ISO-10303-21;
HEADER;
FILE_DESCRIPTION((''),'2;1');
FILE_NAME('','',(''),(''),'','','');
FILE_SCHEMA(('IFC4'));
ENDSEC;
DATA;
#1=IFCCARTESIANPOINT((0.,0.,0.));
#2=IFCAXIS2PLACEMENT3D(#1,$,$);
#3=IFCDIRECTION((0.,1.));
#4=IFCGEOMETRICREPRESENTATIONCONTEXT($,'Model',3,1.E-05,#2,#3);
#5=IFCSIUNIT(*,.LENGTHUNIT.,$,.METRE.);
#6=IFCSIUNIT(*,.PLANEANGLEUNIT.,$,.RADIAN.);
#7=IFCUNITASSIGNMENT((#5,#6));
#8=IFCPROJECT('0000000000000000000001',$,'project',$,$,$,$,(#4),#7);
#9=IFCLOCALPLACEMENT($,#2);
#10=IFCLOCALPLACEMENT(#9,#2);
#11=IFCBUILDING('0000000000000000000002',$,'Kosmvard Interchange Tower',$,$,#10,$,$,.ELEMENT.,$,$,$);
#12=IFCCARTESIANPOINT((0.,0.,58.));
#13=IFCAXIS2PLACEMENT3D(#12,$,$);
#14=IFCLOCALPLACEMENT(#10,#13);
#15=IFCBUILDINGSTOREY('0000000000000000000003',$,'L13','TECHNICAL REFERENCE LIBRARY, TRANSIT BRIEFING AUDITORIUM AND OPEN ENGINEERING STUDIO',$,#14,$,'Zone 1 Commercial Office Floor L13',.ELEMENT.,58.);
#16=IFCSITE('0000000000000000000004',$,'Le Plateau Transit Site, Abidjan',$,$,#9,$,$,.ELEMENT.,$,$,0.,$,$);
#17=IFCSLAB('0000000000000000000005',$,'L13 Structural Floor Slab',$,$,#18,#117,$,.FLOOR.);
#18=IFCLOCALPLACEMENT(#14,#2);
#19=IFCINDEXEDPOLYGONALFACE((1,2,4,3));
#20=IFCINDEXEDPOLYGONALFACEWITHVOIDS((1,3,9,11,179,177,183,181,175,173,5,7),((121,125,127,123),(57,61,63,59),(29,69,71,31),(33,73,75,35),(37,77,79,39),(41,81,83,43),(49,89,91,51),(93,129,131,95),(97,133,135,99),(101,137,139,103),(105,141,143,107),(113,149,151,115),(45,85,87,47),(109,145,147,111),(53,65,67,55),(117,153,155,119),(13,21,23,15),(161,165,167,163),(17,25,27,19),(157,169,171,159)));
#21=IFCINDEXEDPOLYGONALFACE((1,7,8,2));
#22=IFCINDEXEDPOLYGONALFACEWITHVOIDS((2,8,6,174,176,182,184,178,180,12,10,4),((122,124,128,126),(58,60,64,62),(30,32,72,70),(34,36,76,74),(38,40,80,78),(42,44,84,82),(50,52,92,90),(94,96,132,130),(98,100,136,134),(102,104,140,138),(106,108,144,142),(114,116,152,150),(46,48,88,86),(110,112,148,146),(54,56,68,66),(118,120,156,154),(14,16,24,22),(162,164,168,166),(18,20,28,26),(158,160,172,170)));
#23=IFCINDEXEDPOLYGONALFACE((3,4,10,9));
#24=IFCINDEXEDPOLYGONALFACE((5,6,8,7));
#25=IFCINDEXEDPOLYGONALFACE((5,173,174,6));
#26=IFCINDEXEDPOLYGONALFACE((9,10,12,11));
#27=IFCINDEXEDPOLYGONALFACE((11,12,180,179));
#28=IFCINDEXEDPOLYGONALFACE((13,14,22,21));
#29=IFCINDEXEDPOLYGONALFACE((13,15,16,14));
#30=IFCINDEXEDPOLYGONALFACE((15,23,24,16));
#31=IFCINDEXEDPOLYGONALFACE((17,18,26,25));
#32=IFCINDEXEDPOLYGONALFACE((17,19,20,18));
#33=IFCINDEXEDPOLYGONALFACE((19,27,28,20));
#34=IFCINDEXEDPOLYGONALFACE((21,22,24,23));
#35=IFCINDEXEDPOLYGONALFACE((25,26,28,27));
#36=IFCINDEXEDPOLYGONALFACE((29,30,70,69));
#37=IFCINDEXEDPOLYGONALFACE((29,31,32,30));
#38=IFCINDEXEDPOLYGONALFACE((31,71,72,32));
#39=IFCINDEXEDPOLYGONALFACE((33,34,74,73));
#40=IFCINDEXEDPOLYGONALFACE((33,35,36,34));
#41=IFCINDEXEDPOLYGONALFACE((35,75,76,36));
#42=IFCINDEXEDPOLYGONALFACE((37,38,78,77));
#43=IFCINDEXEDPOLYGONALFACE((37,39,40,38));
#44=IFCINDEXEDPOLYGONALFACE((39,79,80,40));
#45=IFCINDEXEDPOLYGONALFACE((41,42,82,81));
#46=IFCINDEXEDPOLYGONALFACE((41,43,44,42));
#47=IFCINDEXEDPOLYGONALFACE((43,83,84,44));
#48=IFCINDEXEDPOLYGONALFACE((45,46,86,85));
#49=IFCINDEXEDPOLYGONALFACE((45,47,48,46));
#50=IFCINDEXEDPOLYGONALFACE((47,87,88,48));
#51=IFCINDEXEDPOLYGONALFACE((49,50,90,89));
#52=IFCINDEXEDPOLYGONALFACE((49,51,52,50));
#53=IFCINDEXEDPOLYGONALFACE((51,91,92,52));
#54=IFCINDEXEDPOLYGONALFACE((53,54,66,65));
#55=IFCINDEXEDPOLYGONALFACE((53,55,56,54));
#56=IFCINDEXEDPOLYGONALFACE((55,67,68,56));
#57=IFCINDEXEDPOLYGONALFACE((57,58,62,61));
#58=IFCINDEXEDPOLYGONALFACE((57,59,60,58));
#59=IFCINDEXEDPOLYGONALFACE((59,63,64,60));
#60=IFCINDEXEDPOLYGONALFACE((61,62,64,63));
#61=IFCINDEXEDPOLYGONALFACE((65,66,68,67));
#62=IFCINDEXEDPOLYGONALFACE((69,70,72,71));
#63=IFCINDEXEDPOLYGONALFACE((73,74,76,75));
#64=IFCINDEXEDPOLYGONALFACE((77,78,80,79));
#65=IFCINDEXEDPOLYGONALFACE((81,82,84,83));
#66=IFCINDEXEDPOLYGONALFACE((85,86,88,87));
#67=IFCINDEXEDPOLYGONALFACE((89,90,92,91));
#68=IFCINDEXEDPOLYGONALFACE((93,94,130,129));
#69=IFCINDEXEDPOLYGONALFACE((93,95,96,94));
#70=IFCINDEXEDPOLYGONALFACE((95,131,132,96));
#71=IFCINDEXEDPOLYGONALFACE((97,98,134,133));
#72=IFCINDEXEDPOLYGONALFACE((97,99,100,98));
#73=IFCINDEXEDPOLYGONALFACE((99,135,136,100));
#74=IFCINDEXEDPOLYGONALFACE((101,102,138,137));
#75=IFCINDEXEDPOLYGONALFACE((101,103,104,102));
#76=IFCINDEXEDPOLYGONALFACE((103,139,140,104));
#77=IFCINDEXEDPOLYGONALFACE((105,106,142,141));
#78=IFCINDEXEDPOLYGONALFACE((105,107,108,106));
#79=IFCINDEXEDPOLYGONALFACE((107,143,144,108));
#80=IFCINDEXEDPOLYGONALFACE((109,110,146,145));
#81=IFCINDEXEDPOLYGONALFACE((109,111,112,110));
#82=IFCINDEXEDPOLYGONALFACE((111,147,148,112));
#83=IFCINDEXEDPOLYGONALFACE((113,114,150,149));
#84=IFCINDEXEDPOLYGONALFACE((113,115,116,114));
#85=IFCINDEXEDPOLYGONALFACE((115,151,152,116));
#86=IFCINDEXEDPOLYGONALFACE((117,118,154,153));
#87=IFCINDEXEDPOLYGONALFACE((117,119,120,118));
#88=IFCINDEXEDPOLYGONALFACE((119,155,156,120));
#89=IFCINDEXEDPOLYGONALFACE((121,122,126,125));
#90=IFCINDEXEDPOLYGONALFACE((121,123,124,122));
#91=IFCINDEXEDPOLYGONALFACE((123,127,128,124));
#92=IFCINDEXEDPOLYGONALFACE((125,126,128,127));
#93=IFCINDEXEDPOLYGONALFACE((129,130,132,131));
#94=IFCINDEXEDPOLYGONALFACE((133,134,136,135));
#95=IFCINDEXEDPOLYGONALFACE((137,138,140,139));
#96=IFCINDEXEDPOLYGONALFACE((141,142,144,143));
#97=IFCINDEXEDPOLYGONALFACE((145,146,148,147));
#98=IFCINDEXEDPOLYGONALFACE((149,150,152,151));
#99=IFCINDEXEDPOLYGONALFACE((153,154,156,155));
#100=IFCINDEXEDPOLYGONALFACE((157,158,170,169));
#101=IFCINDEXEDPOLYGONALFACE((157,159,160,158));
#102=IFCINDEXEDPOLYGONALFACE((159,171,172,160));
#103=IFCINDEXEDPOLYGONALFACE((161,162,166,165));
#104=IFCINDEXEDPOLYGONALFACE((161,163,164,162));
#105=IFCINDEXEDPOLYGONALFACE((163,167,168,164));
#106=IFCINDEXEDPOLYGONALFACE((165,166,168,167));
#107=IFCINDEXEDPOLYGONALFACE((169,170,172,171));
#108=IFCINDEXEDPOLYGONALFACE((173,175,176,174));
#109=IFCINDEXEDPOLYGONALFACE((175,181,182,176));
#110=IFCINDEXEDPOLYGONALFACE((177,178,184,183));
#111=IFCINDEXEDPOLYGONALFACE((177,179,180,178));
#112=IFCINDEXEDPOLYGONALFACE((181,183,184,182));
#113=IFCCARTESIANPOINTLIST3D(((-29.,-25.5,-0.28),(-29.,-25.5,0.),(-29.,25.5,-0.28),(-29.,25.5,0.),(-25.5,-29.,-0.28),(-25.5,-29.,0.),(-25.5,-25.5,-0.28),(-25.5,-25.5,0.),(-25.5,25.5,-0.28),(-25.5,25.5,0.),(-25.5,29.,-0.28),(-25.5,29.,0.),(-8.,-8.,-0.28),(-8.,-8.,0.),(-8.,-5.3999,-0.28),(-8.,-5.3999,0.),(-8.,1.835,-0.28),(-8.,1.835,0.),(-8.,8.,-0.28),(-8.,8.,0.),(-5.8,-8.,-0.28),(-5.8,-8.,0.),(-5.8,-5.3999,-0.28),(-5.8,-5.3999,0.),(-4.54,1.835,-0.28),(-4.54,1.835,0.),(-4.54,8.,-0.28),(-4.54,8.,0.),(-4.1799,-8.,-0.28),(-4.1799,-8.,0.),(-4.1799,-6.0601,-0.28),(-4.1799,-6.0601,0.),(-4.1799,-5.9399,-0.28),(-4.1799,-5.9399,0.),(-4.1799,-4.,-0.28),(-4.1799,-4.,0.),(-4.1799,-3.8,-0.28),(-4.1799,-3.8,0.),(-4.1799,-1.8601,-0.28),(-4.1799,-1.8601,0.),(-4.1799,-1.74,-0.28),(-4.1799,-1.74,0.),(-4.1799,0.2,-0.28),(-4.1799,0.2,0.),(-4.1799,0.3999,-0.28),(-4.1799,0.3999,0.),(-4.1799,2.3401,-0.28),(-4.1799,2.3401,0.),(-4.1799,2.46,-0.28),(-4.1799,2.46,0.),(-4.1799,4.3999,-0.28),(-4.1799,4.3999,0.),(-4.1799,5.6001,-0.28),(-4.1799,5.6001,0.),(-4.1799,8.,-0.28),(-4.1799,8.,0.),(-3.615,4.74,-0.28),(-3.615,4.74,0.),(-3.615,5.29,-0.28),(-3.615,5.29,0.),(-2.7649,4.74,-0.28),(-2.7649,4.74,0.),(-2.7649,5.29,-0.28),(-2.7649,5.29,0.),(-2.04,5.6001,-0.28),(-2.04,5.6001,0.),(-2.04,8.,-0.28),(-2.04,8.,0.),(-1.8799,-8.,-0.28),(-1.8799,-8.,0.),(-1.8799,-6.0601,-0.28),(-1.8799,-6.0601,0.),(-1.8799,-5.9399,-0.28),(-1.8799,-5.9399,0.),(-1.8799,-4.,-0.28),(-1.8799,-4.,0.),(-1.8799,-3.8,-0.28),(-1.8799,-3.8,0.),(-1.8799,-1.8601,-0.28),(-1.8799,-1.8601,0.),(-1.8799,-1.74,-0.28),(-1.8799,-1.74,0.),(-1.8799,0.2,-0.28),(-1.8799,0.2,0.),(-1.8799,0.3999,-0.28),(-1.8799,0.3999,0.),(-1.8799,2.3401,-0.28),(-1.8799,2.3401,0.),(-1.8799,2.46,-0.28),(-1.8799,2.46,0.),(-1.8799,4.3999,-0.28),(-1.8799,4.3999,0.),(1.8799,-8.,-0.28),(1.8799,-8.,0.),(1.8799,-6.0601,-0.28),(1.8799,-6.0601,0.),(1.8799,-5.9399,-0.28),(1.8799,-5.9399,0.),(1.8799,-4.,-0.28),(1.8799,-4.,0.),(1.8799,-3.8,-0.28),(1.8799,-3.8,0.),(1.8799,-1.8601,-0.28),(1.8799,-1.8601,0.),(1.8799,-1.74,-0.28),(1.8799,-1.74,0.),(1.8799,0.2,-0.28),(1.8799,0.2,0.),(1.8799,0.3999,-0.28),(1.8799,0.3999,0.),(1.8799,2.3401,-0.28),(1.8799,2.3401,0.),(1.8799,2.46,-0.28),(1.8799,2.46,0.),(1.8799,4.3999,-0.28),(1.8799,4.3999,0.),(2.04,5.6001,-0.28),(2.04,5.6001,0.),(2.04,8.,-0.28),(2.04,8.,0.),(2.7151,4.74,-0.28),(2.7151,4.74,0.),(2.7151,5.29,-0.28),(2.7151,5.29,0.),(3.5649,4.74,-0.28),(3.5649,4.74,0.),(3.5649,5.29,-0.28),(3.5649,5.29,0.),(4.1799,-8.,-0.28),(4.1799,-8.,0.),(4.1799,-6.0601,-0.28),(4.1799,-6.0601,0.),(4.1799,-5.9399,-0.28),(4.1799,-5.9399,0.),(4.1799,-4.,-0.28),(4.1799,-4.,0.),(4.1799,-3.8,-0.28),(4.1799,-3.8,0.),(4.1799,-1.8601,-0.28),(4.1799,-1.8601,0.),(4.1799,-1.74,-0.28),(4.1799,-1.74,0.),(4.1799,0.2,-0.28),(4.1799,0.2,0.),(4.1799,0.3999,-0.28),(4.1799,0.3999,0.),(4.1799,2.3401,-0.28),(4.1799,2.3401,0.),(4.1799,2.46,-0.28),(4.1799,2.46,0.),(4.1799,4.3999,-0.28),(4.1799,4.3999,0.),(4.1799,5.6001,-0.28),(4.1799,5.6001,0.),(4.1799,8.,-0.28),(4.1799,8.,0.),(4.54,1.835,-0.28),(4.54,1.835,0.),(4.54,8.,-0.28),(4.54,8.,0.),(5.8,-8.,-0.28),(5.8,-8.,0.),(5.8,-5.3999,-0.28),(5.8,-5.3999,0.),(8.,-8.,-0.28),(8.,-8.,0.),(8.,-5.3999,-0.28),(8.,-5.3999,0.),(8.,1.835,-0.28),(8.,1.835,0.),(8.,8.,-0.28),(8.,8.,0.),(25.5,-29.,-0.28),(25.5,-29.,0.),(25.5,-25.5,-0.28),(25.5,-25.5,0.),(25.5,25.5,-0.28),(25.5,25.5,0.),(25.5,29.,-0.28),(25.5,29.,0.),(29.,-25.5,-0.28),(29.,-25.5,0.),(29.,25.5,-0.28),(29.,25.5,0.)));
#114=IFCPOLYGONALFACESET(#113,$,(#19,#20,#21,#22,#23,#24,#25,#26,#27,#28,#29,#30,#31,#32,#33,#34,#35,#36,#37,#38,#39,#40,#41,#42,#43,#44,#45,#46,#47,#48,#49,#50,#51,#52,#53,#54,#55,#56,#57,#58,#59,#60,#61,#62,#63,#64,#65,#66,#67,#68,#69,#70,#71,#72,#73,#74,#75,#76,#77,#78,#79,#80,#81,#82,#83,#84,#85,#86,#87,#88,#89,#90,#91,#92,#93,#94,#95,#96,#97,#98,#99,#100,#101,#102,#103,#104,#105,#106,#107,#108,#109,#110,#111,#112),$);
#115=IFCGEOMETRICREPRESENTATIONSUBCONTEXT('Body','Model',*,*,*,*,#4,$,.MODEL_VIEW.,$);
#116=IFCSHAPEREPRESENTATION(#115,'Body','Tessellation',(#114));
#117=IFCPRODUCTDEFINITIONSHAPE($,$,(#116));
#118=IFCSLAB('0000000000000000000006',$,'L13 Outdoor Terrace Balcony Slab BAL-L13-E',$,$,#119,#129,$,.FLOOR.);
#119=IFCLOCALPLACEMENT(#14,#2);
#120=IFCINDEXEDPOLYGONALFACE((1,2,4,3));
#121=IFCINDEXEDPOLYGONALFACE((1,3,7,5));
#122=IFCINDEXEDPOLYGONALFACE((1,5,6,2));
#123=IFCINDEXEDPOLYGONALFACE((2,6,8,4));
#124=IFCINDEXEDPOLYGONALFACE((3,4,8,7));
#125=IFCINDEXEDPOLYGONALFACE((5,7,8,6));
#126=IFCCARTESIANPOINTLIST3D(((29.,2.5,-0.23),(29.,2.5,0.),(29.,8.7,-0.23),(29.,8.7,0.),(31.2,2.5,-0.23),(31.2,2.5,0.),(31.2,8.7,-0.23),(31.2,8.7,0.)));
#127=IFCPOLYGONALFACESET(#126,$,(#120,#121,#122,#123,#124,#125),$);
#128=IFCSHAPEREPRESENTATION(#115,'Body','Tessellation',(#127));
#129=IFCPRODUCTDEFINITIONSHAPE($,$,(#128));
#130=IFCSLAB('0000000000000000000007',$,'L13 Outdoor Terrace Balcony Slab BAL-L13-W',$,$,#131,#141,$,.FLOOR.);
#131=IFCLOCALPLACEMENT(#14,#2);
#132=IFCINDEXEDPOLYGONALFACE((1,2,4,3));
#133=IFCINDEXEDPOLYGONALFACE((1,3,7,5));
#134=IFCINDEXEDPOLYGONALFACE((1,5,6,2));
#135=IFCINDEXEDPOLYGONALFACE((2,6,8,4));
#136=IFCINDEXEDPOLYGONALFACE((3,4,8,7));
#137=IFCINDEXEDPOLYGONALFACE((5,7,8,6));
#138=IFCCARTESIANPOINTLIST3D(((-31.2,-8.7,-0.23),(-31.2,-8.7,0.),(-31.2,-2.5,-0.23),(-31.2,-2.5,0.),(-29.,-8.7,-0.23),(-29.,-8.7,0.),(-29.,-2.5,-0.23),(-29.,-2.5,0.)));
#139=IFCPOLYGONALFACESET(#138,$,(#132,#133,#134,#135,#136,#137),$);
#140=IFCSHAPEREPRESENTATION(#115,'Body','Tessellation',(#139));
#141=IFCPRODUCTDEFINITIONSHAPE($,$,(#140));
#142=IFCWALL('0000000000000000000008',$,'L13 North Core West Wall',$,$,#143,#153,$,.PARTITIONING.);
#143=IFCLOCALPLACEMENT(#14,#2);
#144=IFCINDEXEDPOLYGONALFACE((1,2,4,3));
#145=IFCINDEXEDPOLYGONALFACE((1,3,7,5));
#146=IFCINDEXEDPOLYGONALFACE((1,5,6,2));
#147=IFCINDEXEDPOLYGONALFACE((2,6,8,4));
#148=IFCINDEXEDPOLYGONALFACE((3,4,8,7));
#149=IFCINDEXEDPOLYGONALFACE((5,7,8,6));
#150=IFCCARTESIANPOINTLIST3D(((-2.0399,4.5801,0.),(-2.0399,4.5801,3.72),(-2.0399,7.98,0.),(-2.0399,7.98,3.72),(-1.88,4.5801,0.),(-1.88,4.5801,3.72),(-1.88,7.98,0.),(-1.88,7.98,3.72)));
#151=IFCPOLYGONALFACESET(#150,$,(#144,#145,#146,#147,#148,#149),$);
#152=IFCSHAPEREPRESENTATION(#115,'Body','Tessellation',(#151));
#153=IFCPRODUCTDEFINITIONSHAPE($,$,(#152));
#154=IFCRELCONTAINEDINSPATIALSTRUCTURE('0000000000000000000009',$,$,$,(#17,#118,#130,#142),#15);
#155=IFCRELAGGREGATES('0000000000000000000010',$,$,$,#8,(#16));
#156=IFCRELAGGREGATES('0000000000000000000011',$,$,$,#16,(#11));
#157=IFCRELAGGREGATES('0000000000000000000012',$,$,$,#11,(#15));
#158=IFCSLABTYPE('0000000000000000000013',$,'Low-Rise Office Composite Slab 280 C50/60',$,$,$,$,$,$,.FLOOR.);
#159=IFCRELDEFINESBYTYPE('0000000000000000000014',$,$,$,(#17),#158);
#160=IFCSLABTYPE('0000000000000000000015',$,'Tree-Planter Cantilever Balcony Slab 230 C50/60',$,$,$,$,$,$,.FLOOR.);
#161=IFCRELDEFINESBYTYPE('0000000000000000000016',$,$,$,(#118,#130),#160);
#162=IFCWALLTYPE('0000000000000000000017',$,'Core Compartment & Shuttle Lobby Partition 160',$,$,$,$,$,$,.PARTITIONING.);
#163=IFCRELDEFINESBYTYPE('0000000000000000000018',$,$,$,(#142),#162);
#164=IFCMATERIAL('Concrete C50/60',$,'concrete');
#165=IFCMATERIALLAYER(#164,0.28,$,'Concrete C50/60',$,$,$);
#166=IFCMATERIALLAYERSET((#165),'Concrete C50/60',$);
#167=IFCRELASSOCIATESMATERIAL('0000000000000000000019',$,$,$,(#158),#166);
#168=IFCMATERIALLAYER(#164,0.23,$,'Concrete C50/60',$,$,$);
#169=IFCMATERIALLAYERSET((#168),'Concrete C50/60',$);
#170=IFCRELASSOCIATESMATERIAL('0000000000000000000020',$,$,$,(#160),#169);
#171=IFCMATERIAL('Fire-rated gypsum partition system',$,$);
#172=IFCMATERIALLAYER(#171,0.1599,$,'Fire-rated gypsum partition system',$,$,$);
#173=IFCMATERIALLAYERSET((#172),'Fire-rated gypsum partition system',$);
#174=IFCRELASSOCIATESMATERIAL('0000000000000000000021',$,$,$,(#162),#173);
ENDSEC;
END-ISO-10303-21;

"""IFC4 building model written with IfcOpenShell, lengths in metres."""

from ifc_helpers import new_model, si_unit, direction, frame, frame_2d, origin, place, context, subcontext, project, spatial, polyline, rectangle, outline, extrude, material, layer, layer_set, type_object, element, save


model = new_model("IFC4")

# Units and contexts
model_context = context("Model", 3, precision=1e-05, world=origin(), true_north=direction((0.0, 1.0)))
body_context = subcontext(model_context, "Body", "Model", "MODEL_VIEW")
ifc_project = project(units=[si_unit("LENGTHUNIT", "METRE"), si_unit("PLANEANGLEUNIT", "RADIAN")], contexts=[model_context])

# Site, building, storey
site_placement = place(None, origin())
site = spatial("IfcSite", under=ifc_project, at=site_placement, Name="Le Plateau Transit Site, Abidjan", CompositionType="ELEMENT", RefElevation=0.0)
building_placement = place(site_placement, origin())
building = spatial("IfcBuilding", under=site, at=building_placement, Name="Kosmvard Interchange Tower", CompositionType="ELEMENT")
storey_placement = place(building_placement, frame((0.0, 0.0, 58.0)))
storey = spatial("IfcBuildingStorey", under=building, at=storey_placement, Name="L13", Description="TECHNICAL REFERENCE LIBRARY, TRANSIT BRIEFING AUDITORIUM AND OPEN ENGINEERING STUDIO", LongName="Zone 1 Commercial Office Floor L13", CompositionType="ELEMENT", Elevation=58.0)

# Slabs
ifc_material_1 = material(Name="Concrete C50/60", Category="concrete")
ifc_layer_1 = layer(ifc_material_1, 0.28, Name="Concrete C50/60")
ifc_layer_set_1 = layer_set([ifc_layer_1], Name="Concrete C50/60")
slab_type_1 = type_object("IfcSlabType", Name="Low-Rise Office Composite Slab 280 C50/60", PredefinedType="FLOOR", material=ifc_layer_set_1)
slab_1_placement = place(storey_placement, frame((0.0, 0.0, -0.28)))
element("IfcSlab", 1, at=slab_1_placement, inside=storey, type_object=slab_type_1, Name="L13 Structural Floor Slab", PredefinedType="FLOOR", context=body_context, shape_type="SweptSolid", body=[
    extrude(outline(polyline([(-25.5, -29.0), (25.5, -29.0), (25.5, -25.5), (29.0, -25.5), (29.0, 25.5), (25.5, 25.5), (25.5, 29.0), (-25.5, 29.0), (-25.5, 25.5), (-29.0, 25.5), (-29.0, -25.5), (-25.5, -25.5), (-25.5, -29.0)]), holes=[polyline([(-8.0, 1.835), (-4.54, 1.835), (-4.54, 8.0), (-8.0, 8.0), (-8.0, 1.835)]), polyline([(4.54, 1.835), (8.0, 1.835), (8.0, 8.0), (4.54, 8.0), (4.54, 1.835)]), polyline([(-8.0, -8.0), (-5.8, -8.0), (-5.8, -5.3999), (-8.0, -5.3999), (-8.0, -8.0)]), polyline([(5.8, -8.0), (8.0, -8.0), (8.0, -5.3999), (5.8, -5.3999), (5.8, -8.0)]), polyline([(-4.1799, -8.0), (-1.8799, -8.0), (-1.8799, -6.0601), (-4.1799, -6.0601), (-4.1799, -8.0)]), polyline([(-4.1799, -5.9399), (-1.8799, -5.9399), (-1.8799, -4.0), (-4.1799, -4.0), (-4.1799, -5.9399)]), polyline([(1.8799, -8.0), (4.1799, -8.0), (4.1799, -6.0601), (1.8799, -6.0601), (1.8799, -8.0)]), polyline([(1.8799, -5.9399), (4.1799, -5.9399), (4.1799, -4.0), (1.8799, -4.0), (1.8799, -5.9399)]), polyline([(-4.1799, -3.8), (-1.8799, -3.8), (-1.8799, -1.8601), (-4.1799, -1.8601), (-4.1799, -3.8)]), polyline([(-4.1799, -1.74), (-1.8799, -1.74), (-1.8799, 0.2), (-4.1799, 0.2), (-4.1799, -1.74)]), polyline([(1.8799, -3.8), (4.1799, -3.8), (4.1799, -1.8601), (1.8799, -1.8601), (1.8799, -3.8)]), polyline([(1.8799, -1.74), (4.1799, -1.74), (4.1799, 0.2), (1.8799, 0.2), (1.8799, -1.74)]), polyline([(-4.1799, 0.3999), (-1.8799, 0.3999), (-1.8799, 2.3401), (-4.1799, 2.3401), (-4.1799, 0.3999)]), polyline([(-4.1799, 2.46), (-1.8799, 2.46), (-1.8799, 4.3999), (-4.1799, 4.3999), (-4.1799, 2.46)]), polyline([(1.8799, 0.3999), (4.1799, 0.3999), (4.1799, 2.3401), (1.8799, 2.3401), (1.8799, 0.3999)]), polyline([(1.8799, 2.46), (4.1799, 2.46), (4.1799, 4.3999), (1.8799, 4.3999), (1.8799, 2.46)]), polyline([(-4.1799, 5.6001), (-2.04, 5.6001), (-2.04, 8.0), (-4.1799, 8.0), (-4.1799, 5.6001)]), polyline([(2.04, 5.6001), (4.1799, 5.6001), (4.1799, 8.0), (2.04, 8.0), (2.04, 5.6001)]), polyline([(-3.615, 4.74), (-2.7649, 4.74), (-2.7649, 5.29), (-3.615, 5.29), (-3.615, 4.74)]), polyline([(2.7151, 4.74), (3.5649, 4.74), (3.5649, 5.29), (2.7151, 5.29), (2.7151, 4.74)])]), origin(), (0.0, 0.0, 1.0), 0.28),
])
ifc_layer_2 = layer(ifc_material_1, 0.23, Name="Concrete C50/60")
ifc_layer_set_2 = layer_set([ifc_layer_2], Name="Concrete C50/60")
slab_type_2 = type_object("IfcSlabType", Name="Tree-Planter Cantilever Balcony Slab 230 C50/60", PredefinedType="FLOOR", material=ifc_layer_set_2)
slab_2_placement = place(storey_placement, frame((0.0, 0.0, -0.23)))
element("IfcSlab", 2, at=slab_2_placement, inside=storey, type_object=slab_type_2, Name="L13 Outdoor Terrace Balcony Slab BAL-L13-E", PredefinedType="FLOOR", context=body_context, shape_type="SweptSolid", body=[
    extrude(outline(polyline([(29.0, 2.5), (31.2, 2.5), (31.2, 8.7), (29.0, 8.7), (29.0, 2.5)])), origin(), (0.0, 0.0, 1.0), 0.23),
])
slab_3_placement = place(storey_placement, frame((0.0, 0.0, -0.23)))
element("IfcSlab", 3, at=slab_3_placement, inside=storey, type_object=slab_type_2, Name="L13 Outdoor Terrace Balcony Slab BAL-L13-W", PredefinedType="FLOOR", context=body_context, shape_type="SweptSolid", body=[
    extrude(outline(polyline([(-31.2, -8.7), (-29.0, -8.7), (-29.0, -2.5), (-31.2, -2.5), (-31.2, -8.7)])), origin(), (0.0, 0.0, 1.0), 0.23),
])

# Wall
ifc_material_2 = material(Name="Fire-rated gypsum partition system")
ifc_layer_3 = layer(ifc_material_2, 0.1599, Name="Fire-rated gypsum partition system")
ifc_layer_set_3 = layer_set([ifc_layer_3], Name="Fire-rated gypsum partition system")
wall_type_1 = type_object("IfcWallType", Name="Core Compartment & Shuttle Lobby Partition 160", PredefinedType="PARTITIONING", material=ifc_layer_set_3)
wall_1_placement = place(storey_placement, frame((-1.96, 4.5801, 0.0), z_axis=(0.0, 0.0, 1.0), x_axis=(0.0, 1.0, 0.0)))
element("IfcWall", 4, at=wall_1_placement, inside=storey, type_object=wall_type_1, Name="L13 North Core West Wall", PredefinedType="PARTITIONING", context=body_context, shape_type="SweptSolid", body=[
    extrude(rectangle(XDim=3.3999, YDim=0.1599, at=frame_2d((1.7, 0.0))), origin(), (0.0, 0.0, 1.0), 3.72),
])

save(model, "model.ifc")
